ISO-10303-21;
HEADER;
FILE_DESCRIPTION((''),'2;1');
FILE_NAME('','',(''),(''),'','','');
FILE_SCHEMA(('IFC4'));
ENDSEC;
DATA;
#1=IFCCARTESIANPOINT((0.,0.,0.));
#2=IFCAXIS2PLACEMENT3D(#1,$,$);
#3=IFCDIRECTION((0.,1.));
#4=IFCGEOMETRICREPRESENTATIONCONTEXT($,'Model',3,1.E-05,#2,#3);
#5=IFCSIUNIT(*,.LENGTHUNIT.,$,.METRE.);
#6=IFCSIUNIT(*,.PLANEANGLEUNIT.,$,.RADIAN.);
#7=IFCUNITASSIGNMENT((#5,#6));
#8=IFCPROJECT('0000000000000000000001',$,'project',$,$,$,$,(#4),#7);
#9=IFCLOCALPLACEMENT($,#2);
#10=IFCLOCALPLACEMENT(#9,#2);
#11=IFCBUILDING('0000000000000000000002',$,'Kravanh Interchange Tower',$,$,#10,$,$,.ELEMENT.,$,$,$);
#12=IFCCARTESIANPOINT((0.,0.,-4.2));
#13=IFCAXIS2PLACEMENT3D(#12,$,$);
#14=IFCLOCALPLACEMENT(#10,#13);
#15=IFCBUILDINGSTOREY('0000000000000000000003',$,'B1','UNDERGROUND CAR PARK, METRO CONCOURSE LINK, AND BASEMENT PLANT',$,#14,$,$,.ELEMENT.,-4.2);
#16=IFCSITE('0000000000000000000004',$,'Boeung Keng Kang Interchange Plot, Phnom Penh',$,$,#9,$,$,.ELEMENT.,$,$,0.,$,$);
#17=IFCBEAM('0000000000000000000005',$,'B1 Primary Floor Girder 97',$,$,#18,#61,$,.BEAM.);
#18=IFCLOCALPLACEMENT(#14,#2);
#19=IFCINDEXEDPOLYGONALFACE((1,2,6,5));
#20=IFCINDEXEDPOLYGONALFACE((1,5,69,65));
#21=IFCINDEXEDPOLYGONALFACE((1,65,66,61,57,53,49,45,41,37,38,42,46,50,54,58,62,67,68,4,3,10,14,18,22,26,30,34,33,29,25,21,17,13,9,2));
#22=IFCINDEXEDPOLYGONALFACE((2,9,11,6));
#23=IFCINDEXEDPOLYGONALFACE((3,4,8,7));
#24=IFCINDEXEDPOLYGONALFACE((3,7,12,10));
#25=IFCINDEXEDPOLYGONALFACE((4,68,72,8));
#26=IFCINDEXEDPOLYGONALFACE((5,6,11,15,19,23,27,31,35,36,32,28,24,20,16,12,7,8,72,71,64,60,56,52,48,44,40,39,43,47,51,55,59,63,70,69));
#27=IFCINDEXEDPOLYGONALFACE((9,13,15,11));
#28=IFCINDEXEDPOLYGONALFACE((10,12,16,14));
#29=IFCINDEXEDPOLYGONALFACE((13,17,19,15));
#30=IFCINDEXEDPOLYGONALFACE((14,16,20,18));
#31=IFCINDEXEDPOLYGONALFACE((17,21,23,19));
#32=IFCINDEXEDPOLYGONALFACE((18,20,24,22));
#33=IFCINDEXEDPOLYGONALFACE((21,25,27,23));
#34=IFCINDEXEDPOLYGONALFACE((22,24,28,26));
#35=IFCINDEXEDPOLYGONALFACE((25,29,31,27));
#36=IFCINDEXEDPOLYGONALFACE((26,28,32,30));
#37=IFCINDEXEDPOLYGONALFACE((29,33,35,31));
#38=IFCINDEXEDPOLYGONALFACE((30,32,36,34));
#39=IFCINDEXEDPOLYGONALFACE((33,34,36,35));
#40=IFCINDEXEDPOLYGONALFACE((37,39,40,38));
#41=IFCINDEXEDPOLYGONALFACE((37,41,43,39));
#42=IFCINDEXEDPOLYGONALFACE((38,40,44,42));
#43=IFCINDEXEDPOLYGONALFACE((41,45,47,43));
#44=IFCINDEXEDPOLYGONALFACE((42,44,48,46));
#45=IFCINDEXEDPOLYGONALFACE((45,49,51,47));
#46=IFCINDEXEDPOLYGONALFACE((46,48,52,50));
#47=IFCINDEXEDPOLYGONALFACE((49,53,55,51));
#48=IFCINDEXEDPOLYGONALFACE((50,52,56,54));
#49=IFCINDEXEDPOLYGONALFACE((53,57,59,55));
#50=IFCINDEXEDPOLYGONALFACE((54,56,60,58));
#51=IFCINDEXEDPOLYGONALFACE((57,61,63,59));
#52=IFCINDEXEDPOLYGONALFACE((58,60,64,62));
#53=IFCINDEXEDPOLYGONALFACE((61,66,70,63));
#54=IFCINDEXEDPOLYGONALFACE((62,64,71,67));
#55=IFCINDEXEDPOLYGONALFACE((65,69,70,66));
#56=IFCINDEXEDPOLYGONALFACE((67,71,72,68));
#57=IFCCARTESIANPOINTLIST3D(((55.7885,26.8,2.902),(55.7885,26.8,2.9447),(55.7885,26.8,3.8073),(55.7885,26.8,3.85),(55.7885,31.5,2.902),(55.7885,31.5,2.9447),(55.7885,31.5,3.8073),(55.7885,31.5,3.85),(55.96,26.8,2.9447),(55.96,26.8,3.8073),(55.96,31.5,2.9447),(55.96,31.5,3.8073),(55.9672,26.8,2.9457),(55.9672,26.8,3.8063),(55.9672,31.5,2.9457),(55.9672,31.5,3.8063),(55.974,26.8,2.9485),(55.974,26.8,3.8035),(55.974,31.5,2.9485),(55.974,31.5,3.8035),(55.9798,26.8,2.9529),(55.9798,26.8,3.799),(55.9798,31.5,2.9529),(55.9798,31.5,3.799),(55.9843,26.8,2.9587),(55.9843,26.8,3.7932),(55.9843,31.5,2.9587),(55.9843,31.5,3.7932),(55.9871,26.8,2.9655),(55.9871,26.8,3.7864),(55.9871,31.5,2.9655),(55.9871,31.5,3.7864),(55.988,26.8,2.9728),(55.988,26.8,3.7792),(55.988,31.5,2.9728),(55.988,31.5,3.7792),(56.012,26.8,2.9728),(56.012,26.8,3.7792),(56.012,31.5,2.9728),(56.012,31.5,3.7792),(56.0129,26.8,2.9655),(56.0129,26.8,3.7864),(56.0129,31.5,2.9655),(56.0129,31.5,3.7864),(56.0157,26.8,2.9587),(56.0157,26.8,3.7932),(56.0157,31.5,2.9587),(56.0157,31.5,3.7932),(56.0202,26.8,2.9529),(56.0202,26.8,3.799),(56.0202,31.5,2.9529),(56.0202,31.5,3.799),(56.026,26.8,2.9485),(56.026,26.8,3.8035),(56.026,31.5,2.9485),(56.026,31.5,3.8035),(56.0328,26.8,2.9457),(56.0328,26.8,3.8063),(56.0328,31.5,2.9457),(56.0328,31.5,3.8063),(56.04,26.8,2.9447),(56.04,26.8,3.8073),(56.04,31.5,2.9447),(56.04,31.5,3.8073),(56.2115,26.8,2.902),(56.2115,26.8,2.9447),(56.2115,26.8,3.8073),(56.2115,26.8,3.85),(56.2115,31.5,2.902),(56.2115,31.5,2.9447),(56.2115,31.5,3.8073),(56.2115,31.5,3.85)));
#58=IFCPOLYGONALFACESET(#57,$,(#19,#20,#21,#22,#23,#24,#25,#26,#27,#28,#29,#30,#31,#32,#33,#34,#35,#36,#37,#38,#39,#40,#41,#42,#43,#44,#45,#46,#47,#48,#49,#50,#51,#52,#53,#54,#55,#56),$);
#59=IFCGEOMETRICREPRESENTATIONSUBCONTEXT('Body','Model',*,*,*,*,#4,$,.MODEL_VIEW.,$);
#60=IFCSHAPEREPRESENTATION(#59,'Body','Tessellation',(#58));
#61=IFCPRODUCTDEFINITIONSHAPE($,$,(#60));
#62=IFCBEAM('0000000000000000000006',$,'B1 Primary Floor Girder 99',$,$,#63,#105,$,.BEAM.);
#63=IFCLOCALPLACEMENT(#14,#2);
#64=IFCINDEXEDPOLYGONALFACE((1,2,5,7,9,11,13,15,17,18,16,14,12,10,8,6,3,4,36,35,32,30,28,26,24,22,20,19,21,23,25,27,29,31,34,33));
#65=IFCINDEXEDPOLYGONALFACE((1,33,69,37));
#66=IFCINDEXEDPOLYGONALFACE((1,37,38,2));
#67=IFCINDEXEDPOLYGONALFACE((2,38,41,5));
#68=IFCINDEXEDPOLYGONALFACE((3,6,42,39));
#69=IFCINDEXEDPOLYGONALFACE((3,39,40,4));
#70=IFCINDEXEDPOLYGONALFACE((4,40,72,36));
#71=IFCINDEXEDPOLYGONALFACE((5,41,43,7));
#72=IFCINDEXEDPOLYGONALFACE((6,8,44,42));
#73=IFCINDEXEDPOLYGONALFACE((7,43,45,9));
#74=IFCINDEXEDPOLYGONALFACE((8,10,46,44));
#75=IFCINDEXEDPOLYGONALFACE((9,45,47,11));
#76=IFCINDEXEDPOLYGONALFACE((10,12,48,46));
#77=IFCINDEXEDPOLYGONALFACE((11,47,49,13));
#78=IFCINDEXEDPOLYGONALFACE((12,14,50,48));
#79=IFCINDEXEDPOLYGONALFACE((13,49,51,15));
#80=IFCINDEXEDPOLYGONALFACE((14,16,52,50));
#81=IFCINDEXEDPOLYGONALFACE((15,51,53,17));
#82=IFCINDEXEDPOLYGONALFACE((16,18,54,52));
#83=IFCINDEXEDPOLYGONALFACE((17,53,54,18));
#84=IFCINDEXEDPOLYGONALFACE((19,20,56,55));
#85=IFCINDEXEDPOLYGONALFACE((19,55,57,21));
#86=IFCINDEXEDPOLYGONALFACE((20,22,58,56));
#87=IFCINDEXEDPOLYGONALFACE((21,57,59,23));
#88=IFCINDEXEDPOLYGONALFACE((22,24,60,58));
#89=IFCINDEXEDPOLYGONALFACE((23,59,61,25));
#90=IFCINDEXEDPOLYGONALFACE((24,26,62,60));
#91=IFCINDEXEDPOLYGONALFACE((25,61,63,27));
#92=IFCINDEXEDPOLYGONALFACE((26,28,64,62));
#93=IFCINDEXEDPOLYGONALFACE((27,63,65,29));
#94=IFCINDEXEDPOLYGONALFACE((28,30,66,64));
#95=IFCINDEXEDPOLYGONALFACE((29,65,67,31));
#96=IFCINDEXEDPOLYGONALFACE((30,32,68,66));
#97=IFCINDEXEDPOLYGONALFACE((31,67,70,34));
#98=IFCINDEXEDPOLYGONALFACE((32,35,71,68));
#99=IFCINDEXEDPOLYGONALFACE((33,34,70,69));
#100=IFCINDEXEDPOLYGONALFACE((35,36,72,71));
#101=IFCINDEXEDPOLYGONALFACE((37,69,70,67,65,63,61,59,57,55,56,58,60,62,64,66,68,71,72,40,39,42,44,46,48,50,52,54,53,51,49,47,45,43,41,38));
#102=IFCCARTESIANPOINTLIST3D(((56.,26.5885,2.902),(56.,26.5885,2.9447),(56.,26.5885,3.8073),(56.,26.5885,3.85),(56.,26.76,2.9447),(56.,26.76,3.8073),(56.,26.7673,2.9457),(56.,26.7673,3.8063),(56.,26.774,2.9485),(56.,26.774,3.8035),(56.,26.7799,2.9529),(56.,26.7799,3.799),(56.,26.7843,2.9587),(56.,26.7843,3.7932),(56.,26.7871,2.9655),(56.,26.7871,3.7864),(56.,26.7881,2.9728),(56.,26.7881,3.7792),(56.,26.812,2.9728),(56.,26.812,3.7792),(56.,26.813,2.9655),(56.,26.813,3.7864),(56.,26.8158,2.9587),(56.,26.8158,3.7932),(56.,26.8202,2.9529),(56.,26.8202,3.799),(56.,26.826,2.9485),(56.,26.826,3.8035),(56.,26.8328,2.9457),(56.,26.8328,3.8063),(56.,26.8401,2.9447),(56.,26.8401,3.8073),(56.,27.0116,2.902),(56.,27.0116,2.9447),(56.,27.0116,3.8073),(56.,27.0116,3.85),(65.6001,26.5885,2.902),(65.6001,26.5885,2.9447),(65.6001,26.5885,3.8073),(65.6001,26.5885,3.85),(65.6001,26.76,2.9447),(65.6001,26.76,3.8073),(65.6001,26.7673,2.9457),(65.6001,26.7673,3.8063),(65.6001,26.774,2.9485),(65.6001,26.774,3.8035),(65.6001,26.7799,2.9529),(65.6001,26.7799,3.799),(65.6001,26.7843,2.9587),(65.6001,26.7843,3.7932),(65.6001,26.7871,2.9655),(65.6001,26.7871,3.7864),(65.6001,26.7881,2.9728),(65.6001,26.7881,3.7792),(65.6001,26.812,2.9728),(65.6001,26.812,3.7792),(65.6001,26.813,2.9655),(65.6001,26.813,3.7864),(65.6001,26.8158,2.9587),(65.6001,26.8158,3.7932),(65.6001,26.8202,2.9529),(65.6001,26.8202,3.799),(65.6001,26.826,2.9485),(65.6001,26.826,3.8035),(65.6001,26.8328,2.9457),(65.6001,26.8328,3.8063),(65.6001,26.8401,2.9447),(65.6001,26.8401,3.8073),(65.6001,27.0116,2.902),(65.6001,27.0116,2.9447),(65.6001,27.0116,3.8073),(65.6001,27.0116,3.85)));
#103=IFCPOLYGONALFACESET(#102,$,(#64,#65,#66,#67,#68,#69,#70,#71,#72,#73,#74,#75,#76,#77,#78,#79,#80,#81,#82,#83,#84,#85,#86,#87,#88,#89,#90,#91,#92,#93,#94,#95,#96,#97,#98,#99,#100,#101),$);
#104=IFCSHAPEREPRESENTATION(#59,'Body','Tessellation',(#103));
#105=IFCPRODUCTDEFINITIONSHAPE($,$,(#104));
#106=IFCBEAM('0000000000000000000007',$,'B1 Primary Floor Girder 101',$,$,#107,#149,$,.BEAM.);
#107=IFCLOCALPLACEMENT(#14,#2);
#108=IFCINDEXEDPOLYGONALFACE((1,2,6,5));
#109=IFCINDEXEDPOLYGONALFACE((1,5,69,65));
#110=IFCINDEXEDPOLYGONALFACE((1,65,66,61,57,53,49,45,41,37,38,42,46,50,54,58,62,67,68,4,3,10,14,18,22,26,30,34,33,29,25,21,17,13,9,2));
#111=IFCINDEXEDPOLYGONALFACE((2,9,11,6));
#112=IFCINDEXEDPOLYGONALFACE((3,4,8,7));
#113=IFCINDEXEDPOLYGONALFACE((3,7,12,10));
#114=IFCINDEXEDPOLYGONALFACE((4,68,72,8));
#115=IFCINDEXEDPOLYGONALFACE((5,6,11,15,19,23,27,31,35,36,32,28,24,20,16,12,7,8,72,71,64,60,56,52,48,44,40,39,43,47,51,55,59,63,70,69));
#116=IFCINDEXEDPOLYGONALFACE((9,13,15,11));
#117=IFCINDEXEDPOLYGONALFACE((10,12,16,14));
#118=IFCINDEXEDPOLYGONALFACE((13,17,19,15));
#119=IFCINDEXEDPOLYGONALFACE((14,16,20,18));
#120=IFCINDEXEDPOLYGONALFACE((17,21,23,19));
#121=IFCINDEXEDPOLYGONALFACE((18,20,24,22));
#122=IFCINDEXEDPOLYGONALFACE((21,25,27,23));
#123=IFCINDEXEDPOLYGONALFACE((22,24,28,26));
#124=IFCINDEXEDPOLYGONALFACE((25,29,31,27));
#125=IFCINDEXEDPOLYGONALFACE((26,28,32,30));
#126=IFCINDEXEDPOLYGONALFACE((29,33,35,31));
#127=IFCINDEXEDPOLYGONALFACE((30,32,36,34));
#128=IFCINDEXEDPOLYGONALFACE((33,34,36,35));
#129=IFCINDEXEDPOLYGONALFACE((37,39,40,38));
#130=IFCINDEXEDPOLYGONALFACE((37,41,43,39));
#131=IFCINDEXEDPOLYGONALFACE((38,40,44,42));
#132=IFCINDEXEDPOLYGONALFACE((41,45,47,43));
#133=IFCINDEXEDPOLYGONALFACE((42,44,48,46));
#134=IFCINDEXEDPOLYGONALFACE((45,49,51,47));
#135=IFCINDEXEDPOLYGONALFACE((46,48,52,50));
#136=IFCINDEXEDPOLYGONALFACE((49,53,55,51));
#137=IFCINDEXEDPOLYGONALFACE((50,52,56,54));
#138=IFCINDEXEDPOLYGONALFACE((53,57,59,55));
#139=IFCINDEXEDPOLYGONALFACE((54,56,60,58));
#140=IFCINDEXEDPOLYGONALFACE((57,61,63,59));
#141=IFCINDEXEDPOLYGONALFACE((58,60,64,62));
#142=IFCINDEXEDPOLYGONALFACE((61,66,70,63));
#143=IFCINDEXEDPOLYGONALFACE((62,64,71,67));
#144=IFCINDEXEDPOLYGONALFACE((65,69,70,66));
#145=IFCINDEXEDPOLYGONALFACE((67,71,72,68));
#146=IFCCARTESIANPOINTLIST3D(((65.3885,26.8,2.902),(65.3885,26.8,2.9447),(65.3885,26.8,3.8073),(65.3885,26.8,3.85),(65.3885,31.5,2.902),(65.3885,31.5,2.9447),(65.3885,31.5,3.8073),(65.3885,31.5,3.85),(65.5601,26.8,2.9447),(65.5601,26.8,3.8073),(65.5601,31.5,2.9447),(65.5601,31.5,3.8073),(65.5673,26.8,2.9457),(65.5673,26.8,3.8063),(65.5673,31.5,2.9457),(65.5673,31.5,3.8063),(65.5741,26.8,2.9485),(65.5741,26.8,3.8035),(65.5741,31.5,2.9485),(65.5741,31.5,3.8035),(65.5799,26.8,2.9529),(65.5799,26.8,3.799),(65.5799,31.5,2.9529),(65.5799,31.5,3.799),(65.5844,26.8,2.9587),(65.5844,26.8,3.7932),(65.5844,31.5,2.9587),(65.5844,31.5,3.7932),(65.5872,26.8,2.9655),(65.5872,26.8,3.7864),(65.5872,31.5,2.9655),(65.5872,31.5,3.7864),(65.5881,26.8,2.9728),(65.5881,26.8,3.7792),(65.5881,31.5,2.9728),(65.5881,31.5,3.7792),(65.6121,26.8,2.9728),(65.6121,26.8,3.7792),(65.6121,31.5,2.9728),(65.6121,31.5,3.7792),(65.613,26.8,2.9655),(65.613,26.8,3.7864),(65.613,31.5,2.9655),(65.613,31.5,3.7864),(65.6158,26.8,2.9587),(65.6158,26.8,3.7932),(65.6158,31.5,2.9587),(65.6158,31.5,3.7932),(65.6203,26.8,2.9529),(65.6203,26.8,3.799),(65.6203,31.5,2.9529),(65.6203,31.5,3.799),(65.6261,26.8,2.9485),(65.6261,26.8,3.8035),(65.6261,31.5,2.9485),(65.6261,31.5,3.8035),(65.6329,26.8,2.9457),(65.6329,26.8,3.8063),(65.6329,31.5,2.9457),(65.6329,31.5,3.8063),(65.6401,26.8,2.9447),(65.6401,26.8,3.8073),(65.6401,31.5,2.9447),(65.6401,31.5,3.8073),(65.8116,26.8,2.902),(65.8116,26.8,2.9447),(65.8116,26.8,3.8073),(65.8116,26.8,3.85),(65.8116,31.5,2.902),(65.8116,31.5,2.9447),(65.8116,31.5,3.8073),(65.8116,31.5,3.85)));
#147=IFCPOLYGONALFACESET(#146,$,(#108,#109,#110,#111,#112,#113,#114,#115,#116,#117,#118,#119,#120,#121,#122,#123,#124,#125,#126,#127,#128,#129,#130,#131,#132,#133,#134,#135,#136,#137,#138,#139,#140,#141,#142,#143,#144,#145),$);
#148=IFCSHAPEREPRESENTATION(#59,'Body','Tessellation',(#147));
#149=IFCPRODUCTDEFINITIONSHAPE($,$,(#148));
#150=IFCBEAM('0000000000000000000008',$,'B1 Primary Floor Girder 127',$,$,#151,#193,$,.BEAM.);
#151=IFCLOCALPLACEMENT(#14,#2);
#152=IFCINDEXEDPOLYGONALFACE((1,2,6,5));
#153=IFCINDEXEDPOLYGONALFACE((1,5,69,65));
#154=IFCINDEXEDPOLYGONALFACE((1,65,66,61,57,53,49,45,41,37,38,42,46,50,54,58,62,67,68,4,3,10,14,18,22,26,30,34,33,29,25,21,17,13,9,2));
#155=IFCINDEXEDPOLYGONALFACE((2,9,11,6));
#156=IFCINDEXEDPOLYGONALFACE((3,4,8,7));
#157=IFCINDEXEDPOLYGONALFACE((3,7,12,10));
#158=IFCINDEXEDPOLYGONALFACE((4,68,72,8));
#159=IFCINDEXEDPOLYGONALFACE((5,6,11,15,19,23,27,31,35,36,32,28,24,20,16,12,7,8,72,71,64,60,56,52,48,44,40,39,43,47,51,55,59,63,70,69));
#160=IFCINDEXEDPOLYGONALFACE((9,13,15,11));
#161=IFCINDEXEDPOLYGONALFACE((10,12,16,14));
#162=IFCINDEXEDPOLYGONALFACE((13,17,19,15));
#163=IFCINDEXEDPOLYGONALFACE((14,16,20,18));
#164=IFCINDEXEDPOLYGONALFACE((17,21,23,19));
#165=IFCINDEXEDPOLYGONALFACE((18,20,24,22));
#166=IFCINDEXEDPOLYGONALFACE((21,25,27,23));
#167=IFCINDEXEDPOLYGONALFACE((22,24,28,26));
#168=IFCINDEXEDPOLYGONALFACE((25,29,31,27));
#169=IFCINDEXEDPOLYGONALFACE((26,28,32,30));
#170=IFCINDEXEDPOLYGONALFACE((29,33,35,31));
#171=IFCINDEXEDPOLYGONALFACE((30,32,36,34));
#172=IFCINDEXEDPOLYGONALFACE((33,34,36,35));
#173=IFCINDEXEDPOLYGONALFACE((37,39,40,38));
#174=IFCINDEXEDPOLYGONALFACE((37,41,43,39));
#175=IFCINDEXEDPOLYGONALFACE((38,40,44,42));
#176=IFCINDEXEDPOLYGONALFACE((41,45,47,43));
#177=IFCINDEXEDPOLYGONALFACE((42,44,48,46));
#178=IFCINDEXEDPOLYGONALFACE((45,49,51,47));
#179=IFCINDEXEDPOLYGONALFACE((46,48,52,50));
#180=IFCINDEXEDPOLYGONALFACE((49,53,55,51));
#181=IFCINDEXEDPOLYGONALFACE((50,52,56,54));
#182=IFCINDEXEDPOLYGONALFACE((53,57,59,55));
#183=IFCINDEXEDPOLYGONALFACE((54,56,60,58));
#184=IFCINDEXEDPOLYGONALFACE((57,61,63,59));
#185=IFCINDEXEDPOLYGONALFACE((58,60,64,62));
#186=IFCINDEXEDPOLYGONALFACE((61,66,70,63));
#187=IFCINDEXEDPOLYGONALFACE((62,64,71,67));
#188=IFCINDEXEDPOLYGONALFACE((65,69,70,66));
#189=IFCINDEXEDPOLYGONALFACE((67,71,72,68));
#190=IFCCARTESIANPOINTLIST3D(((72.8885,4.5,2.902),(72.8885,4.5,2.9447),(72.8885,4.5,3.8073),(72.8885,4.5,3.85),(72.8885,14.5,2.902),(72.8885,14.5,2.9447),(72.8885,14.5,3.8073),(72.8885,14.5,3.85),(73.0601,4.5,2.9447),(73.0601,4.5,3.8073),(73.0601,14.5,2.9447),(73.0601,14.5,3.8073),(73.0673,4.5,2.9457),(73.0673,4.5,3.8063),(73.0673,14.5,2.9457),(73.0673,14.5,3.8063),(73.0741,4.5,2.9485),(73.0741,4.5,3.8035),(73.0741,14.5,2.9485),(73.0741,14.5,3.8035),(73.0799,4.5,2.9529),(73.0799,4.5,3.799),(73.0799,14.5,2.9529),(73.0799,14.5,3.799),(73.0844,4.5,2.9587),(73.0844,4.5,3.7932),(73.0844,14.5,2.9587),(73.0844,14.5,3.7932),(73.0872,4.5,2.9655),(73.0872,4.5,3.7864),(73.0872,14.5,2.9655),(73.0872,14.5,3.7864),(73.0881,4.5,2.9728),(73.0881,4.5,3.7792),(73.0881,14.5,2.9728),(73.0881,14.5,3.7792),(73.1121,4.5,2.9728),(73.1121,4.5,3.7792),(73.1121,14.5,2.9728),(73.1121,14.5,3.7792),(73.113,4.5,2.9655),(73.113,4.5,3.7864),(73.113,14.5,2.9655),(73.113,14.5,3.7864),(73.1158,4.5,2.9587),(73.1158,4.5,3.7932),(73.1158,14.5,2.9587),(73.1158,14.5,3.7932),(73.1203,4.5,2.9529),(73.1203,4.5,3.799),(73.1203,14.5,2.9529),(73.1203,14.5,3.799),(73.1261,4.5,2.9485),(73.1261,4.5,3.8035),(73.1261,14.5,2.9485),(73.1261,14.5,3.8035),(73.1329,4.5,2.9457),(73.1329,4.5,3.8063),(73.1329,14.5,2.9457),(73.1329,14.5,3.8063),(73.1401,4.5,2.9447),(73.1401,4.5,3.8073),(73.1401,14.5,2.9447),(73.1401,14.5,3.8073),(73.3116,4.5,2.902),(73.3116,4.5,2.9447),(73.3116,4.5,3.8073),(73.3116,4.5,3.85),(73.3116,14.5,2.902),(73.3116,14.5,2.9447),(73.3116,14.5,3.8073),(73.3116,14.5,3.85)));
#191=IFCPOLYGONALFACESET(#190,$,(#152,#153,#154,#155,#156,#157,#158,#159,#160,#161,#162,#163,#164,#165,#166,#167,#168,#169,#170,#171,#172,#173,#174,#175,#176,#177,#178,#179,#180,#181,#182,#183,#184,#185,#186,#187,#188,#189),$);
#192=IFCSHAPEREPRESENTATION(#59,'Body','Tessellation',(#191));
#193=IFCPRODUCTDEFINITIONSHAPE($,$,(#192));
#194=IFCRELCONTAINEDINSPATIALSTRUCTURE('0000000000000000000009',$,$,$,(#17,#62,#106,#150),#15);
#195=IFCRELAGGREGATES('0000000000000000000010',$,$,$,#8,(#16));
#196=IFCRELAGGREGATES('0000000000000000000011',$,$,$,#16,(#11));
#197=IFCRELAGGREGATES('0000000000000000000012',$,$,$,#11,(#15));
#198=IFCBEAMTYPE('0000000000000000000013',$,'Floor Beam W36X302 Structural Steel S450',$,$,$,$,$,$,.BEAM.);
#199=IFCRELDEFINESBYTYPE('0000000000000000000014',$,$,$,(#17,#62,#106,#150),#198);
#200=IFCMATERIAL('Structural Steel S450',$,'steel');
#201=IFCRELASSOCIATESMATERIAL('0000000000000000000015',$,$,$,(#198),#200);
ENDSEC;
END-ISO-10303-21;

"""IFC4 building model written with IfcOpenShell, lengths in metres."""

from ifc_helpers import new_model, si_unit, direction, frame, origin, origin_2d, place, context, subcontext, project, spatial, i_section, extrude, material, material_profile, profile_set, type_object, element, save


model = new_model("IFC4")

# Units and contexts
model_context = context("Model", 3, precision=1e-05, world=origin(), true_north=direction((0.0, 1.0)))
body_context = subcontext(model_context, "Body", "Model", "MODEL_VIEW")
ifc_project = project(units=[si_unit("LENGTHUNIT", "METRE"), si_unit("PLANEANGLEUNIT", "RADIAN")], contexts=[model_context])

# Site, building, storey
site_placement = place(None, origin())
site = spatial("IfcSite", under=ifc_project, at=site_placement, Name="Boeung Keng Kang Interchange Plot, Phnom Penh", CompositionType="ELEMENT", RefElevation=0.0)
building_placement = place(site_placement, origin())
building = spatial("IfcBuilding", under=site, at=building_placement, Name="Kravanh Interchange Tower", CompositionType="ELEMENT")
storey_placement = place(building_placement, frame((0.0, 0.0, -4.2)))
storey = spatial("IfcBuildingStorey", under=building, at=storey_placement, Name="B1", Description="UNDERGROUND CAR PARK, METRO CONCOURSE LINK, AND BASEMENT PLANT", CompositionType="ELEMENT", Elevation=-4.2)

# Beams
ifc_material_1 = material(Name="Structural Steel S450", Category="steel")
ifc_material_profile_1 = material_profile(ifc_material_1, i_section(OverallWidth=0.4231, OverallDepth=0.948, WebThickness=0.0239, FlangeThickness=0.0427, FilletRadius=0.0281, at=origin_2d()), Name="W36X302")
ifc_profile_set_1 = profile_set([ifc_material_profile_1], Name="Structural Steel S450")
beam_type_1 = type_object("IfcBeamType", Name="Floor Beam W36X302 Structural Steel S450", PredefinedType="BEAM", material=ifc_profile_set_1)
beam_1_placement = place(storey_placement, frame((56.0, 26.8, 3.376), z_axis=(0.0, 1.0, 0.0), x_axis=(-1.0, 0.0, 0.0)))
element("IfcBeam", 1, at=beam_1_placement, inside=storey, type_object=beam_type_1, Name="B1 Primary Floor Girder 97", PredefinedType="BEAM", context=body_context, shape_type="SweptSolid", body=[
    extrude(i_section(OverallWidth=0.4231, OverallDepth=0.948, WebThickness=0.0239, FlangeThickness=0.0427, FilletRadius=0.0281, at=origin_2d()), origin(), (0.0, 0.0, 1.0), 4.7),
])
beam_2_placement = place(storey_placement, frame((56.0, 26.8, 3.376), z_axis=(1.0, 0.0, 0.0), x_axis=(0.0, 1.0, 0.0)))
element("IfcBeam", 2, at=beam_2_placement, inside=storey, type_object=beam_type_1, Name="B1 Primary Floor Girder 99", PredefinedType="BEAM", context=body_context, shape_type="SweptSolid", body=[
    extrude(i_section(OverallWidth=0.4231, OverallDepth=0.948, WebThickness=0.0239, FlangeThickness=0.0427, FilletRadius=0.0281, at=origin_2d()), origin(), (0.0, 0.0, 1.0), 9.6001),
])
beam_3_placement = place(storey_placement, frame((65.6001, 26.8, 3.376), z_axis=(0.0, 1.0, 0.0), x_axis=(-1.0, 0.0, 0.0)))
element("IfcBeam", 3, at=beam_3_placement, inside=storey, type_object=beam_type_1, Name="B1 Primary Floor Girder 101", PredefinedType="BEAM", context=body_context, shape_type="SweptSolid", body=[
    extrude(i_section(OverallWidth=0.4231, OverallDepth=0.948, WebThickness=0.0239, FlangeThickness=0.0427, FilletRadius=0.0281, at=origin_2d()), origin(), (0.0, 0.0, 1.0), 4.7),
])
beam_4_placement = place(storey_placement, frame((73.1001, 4.5, 3.376), z_axis=(0.0, 1.0, 0.0), x_axis=(-1.0, 0.0, 0.0)))
element("IfcBeam", 4, at=beam_4_placement, inside=storey, type_object=beam_type_1, Name="B1 Primary Floor Girder 127", PredefinedType="BEAM", context=body_context, shape_type="SweptSolid", body=[
    extrude(i_section(OverallWidth=0.4231, OverallDepth=0.948, WebThickness=0.0239, FlangeThickness=0.0427, FilletRadius=0.0281, at=origin_2d()), origin(), (0.0, 0.0, 1.0), 10.0),
])

save(model, "model.ifc")
